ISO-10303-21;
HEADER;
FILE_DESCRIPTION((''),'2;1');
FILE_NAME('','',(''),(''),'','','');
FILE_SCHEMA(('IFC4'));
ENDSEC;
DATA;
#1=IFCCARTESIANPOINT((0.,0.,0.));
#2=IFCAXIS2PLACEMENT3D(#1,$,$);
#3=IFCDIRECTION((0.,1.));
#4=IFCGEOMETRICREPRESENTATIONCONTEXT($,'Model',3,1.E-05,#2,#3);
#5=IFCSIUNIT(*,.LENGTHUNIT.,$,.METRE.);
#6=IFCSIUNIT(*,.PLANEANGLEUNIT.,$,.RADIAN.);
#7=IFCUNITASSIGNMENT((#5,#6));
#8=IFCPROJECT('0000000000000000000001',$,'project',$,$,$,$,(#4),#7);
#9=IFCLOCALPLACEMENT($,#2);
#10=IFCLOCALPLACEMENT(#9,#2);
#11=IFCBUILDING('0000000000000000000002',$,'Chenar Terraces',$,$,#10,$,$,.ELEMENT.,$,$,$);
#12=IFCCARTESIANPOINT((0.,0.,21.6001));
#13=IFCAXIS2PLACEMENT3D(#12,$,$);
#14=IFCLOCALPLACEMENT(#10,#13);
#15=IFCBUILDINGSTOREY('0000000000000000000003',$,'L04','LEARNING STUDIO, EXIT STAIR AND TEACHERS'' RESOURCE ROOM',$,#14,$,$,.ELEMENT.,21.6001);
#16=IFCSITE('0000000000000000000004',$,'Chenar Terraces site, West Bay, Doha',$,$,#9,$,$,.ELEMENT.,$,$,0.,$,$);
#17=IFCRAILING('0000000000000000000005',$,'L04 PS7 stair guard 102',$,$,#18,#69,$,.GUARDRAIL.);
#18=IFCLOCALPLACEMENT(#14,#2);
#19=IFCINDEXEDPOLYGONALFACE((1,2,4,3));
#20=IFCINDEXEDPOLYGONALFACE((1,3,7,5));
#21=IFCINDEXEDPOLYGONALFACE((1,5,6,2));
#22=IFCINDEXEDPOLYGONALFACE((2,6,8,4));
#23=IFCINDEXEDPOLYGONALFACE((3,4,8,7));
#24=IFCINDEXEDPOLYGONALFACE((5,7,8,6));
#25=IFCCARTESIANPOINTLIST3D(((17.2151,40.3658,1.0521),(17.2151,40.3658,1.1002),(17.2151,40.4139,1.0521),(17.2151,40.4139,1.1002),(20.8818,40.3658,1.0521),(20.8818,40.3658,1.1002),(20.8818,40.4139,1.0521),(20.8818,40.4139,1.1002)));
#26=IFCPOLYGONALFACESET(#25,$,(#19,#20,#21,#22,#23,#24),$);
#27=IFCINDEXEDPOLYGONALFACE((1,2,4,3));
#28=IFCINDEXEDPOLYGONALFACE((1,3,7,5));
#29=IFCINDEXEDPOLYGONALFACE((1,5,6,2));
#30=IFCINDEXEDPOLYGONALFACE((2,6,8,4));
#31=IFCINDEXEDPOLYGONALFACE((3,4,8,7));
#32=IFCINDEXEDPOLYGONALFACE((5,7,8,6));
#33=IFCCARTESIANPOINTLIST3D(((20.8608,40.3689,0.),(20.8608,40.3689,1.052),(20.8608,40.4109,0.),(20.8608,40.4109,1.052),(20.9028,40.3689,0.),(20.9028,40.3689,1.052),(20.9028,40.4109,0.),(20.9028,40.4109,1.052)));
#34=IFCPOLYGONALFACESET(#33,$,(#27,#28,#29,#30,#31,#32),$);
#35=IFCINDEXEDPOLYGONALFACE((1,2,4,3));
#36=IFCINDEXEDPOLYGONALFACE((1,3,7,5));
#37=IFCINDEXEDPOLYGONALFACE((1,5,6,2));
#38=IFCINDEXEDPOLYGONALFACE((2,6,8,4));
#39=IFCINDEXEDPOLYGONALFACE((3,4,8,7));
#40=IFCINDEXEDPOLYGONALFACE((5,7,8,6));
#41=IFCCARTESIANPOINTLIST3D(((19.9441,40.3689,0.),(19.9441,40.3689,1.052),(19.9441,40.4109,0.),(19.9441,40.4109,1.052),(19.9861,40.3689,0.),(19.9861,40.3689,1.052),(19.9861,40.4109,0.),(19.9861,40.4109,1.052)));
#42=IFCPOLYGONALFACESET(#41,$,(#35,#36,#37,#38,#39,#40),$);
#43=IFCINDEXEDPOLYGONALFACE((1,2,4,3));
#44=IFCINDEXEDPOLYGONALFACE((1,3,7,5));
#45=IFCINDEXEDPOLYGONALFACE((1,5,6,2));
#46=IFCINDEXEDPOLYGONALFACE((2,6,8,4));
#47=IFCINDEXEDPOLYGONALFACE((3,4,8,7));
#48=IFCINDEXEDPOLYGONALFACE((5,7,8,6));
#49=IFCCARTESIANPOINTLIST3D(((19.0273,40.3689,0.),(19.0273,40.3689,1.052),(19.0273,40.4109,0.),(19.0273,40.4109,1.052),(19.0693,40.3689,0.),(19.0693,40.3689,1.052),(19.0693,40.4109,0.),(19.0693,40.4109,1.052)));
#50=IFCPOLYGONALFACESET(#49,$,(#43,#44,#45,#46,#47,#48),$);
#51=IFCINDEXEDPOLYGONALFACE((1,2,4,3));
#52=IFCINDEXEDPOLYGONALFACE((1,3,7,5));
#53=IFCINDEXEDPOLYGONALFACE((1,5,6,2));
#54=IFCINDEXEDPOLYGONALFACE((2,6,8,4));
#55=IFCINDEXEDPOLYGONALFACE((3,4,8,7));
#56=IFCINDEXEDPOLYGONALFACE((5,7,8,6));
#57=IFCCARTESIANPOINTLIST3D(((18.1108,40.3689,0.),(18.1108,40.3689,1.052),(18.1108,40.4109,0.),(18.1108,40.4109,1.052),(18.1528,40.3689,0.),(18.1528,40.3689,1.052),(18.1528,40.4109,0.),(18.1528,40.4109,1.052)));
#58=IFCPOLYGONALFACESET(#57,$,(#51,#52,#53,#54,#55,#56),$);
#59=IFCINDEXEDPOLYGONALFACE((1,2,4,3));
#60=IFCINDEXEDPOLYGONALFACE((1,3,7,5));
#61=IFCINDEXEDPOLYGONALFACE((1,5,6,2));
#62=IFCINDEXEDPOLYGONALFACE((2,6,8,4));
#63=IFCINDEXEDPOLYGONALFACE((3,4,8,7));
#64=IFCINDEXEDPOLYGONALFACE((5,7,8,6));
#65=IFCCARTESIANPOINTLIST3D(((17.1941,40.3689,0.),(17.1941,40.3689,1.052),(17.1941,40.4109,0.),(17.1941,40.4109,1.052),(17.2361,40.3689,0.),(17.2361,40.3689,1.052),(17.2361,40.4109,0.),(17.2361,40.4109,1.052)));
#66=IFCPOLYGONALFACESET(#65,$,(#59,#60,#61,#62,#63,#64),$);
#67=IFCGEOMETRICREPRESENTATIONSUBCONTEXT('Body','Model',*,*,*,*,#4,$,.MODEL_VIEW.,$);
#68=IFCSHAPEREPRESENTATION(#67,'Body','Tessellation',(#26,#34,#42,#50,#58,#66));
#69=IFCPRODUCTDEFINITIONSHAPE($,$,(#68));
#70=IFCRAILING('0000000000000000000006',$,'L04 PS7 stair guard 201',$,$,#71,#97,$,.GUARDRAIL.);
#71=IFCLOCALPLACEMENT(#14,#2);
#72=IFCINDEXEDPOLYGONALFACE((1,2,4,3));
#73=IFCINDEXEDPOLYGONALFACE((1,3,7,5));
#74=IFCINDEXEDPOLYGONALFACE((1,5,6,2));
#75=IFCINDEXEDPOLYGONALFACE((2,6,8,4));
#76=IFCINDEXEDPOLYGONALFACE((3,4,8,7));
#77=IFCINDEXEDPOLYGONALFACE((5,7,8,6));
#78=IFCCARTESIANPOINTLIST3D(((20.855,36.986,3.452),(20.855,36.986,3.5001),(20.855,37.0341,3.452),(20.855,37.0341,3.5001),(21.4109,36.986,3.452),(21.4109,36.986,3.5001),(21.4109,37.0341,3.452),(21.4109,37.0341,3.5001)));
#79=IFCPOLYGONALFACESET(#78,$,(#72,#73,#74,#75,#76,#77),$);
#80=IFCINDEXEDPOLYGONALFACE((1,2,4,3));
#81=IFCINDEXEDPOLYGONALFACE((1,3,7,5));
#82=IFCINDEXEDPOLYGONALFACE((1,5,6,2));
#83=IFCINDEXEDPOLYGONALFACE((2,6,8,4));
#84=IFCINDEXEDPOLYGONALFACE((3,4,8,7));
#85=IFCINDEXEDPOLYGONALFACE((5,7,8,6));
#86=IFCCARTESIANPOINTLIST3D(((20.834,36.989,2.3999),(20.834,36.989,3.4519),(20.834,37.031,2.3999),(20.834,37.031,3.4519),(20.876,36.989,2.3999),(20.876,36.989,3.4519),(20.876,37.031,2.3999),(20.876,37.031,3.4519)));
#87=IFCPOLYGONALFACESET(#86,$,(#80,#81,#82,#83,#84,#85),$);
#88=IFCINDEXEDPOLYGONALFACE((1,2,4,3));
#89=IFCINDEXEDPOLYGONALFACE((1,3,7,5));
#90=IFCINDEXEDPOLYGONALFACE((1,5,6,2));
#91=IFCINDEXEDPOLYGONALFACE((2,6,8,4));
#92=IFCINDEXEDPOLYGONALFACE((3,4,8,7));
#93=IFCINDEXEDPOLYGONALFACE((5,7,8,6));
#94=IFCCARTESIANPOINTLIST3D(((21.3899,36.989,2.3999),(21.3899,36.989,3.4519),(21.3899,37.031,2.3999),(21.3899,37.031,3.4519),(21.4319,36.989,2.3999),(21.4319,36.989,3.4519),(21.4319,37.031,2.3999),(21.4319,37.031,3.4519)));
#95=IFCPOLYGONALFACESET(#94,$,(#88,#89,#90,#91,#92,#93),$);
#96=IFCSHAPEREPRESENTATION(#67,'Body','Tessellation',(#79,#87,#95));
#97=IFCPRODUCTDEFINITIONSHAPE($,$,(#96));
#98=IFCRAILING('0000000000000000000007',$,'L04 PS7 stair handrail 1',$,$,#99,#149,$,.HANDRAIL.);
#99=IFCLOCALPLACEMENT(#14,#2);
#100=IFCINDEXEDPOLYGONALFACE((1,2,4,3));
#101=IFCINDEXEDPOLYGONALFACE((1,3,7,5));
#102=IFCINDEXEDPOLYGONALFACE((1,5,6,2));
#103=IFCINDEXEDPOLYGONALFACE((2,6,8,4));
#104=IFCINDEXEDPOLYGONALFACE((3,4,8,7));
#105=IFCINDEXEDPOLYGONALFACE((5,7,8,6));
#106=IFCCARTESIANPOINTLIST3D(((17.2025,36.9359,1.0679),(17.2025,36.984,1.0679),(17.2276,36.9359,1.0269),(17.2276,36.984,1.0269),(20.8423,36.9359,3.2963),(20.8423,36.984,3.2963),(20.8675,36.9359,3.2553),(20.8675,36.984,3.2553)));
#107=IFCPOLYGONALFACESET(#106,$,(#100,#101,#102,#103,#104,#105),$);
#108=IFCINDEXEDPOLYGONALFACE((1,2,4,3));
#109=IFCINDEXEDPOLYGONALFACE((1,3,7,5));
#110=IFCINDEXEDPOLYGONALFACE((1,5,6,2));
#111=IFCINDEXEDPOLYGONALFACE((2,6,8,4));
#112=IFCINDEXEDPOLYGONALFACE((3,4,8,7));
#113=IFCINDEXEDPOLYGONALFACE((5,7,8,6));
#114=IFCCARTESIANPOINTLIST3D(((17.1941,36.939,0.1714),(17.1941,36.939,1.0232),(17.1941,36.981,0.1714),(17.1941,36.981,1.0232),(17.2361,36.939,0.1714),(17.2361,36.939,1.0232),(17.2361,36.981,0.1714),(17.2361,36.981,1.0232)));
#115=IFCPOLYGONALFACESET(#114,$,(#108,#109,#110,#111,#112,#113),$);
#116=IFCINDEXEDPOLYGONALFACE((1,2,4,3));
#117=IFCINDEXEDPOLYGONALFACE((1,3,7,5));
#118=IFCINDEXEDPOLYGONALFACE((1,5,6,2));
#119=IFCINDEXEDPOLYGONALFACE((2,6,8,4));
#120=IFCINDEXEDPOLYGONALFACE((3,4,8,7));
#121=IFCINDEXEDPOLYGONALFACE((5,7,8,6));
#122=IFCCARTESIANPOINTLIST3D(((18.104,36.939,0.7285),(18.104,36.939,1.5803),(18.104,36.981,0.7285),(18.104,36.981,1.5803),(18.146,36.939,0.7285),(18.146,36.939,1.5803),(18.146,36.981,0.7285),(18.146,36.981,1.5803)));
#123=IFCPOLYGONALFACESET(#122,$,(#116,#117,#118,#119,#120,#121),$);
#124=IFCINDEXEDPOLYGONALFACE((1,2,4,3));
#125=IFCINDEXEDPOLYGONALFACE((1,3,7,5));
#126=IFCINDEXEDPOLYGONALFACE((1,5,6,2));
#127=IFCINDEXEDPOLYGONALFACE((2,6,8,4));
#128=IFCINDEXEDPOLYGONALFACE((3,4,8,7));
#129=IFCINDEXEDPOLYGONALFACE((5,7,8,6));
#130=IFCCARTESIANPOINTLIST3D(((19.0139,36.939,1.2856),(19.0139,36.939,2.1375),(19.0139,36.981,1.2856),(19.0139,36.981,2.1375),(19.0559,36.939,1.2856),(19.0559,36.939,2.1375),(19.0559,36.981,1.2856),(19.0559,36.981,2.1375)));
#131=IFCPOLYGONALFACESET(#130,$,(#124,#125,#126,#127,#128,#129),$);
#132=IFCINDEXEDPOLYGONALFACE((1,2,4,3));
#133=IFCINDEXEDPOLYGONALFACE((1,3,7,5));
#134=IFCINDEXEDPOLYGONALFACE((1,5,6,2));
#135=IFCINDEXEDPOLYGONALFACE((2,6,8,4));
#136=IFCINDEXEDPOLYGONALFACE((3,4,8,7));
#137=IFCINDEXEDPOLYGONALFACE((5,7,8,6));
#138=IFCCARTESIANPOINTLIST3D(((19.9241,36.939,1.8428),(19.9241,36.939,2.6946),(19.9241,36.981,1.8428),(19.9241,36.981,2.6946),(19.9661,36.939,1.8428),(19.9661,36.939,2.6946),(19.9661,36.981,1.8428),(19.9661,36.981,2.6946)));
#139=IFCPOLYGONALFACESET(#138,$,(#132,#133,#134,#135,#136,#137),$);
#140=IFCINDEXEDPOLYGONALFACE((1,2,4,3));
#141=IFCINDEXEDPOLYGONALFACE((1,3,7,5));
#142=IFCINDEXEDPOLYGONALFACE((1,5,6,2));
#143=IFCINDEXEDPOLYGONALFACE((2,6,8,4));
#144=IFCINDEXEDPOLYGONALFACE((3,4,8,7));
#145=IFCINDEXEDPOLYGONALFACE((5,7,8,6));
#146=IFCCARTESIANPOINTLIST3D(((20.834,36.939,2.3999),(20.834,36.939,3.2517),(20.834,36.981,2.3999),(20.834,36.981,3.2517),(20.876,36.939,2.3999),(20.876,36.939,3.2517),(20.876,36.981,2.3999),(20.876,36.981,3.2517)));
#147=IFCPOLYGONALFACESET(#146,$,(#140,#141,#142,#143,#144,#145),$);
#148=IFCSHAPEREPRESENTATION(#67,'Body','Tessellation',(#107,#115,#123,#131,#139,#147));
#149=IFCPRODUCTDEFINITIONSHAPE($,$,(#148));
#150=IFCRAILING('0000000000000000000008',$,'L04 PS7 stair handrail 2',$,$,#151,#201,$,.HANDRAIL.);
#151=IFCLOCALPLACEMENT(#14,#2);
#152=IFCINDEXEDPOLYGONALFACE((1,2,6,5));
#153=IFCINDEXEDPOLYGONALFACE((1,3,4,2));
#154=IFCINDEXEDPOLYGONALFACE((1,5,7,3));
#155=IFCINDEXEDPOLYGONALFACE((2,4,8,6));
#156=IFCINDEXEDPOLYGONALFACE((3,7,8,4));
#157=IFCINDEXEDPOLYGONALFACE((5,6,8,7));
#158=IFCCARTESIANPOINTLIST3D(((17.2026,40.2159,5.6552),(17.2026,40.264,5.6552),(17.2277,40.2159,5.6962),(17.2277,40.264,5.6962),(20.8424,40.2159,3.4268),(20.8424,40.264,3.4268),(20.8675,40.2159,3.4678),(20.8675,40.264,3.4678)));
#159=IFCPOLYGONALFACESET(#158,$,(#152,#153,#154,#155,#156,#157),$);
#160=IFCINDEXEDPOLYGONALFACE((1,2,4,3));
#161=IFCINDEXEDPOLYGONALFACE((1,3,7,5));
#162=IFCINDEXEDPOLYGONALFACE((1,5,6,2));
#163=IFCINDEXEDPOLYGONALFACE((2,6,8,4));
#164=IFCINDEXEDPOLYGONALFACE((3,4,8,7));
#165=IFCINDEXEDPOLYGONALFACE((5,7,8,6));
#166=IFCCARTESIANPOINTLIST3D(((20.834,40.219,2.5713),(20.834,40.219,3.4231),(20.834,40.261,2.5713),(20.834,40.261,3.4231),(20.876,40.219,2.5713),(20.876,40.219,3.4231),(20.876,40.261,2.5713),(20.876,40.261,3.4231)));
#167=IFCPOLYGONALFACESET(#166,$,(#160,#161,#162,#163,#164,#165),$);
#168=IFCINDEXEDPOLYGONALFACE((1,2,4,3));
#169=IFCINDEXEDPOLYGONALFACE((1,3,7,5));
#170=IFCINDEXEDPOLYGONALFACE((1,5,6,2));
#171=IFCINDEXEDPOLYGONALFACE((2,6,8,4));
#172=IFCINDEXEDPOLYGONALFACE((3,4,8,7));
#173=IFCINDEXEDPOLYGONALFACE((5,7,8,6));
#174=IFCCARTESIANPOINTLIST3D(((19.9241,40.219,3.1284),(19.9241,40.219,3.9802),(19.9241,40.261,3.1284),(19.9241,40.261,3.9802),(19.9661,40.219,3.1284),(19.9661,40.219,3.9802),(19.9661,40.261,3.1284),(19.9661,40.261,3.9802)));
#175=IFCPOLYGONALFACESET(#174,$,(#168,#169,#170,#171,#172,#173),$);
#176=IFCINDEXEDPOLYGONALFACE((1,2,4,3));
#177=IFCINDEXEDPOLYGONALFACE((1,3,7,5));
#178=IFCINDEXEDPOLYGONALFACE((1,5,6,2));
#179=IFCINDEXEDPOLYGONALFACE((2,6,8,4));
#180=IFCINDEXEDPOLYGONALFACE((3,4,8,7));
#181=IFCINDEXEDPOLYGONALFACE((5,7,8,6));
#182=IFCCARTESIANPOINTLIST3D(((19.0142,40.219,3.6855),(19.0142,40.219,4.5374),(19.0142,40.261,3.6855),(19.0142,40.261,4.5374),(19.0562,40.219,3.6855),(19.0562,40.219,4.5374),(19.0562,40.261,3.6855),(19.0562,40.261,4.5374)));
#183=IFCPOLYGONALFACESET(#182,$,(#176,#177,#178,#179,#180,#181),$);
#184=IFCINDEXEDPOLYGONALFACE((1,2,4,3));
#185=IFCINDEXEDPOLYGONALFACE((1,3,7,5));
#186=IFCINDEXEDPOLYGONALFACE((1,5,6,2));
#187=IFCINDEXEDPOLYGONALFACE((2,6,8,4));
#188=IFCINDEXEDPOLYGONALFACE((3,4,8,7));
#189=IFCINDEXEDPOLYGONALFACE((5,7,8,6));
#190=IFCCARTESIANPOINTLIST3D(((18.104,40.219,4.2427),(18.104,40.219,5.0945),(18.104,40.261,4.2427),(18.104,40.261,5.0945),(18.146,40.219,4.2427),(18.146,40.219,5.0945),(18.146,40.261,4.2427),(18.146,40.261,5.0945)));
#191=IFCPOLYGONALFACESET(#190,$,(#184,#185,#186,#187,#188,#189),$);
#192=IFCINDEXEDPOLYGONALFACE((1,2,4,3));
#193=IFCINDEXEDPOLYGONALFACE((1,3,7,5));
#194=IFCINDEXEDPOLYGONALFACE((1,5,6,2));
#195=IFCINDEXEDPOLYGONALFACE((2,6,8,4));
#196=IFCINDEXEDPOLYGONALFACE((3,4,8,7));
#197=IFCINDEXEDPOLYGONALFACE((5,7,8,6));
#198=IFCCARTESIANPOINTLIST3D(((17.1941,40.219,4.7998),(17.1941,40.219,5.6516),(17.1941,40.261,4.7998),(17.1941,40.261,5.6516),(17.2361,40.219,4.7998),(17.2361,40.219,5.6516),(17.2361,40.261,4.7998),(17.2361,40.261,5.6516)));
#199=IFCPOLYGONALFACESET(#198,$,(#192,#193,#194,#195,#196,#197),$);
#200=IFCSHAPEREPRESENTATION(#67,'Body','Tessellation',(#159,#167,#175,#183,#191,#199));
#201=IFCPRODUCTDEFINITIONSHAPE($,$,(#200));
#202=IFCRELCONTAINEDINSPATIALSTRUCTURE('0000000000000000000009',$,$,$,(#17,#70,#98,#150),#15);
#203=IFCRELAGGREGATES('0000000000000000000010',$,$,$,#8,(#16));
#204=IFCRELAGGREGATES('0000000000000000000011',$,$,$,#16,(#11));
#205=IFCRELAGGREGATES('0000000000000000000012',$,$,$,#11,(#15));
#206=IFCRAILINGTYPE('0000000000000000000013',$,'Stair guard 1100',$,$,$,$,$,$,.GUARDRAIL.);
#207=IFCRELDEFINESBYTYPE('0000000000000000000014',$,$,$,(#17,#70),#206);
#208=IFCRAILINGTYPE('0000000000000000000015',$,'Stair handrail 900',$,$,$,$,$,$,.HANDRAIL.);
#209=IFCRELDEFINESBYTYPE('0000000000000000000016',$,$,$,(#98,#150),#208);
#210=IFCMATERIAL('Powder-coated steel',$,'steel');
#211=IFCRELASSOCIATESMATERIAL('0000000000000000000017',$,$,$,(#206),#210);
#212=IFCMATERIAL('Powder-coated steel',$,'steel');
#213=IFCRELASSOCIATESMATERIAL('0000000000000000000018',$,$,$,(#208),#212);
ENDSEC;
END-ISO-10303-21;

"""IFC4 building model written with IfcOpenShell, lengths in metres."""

from ifc_helpers import new_model, si_unit, direction, frame, origin, origin_2d, place, context, subcontext, project, spatial, rectangle, extrude, material, type_object, element, save


model = new_model("IFC4")

# Units and contexts
model_context = context("Model", 3, precision=1e-05, world=origin(), true_north=direction((0.0, 1.0)))
body_context = subcontext(model_context, "Body", "Model", "MODEL_VIEW")
ifc_project = project(units=[si_unit("LENGTHUNIT", "METRE"), si_unit("PLANEANGLEUNIT", "RADIAN")], contexts=[model_context])

# Site, building, storey
site_placement = place(None, origin())
site = spatial("IfcSite", under=ifc_project, at=site_placement, Name="Chenar Terraces site, West Bay, Doha", CompositionType="ELEMENT", RefElevation=0.0)
building_placement = place(site_placement, origin())
building = spatial("IfcBuilding", under=site, at=building_placement, Name="Chenar Terraces", CompositionType="ELEMENT")
storey_placement = place(building_placement, frame((0.0, 0.0, 21.6001)))
storey = spatial("IfcBuildingStorey", under=building, at=storey_placement, Name="L04", Description="LEARNING STUDIO, EXIT STAIR AND TEACHERS' RESOURCE ROOM", CompositionType="ELEMENT", Elevation=21.6001)

# Railings
ifc_material_1 = material(Name="Powder-coated steel", Category="steel")
railing_type_1 = type_object("IfcRailingType", Name="Stair guard 1100", PredefinedType="GUARDRAIL", material=ifc_material_1)
railing_1_placement = place(storey_placement, frame((20.8818, 40.3899, 0.0)))
element("IfcRailing", 1, at=railing_1_placement, inside=storey, type_object=railing_type_1, Name="L04 PS7 stair guard 102", PredefinedType="GUARDRAIL", context=body_context, shape_type="SweptSolid", body=[
    extrude(rectangle(XDim=0.0481, YDim=0.0481, at=origin_2d()), frame((0.0, 0.0, 1.0762), z_axis=(-1.0, 0.0, 0.0), x_axis=(0.0, -1.0, 0.0)), (0.0, 0.0, 1.0), 3.6667),
    extrude(rectangle(XDim=0.042, YDim=0.042, at=origin_2d()), origin(), (0.0, 0.0, 1.0), 1.052),
    extrude(rectangle(XDim=0.042, YDim=0.042, at=origin_2d()), frame((-0.9167, 0.0, 0.0)), (0.0, 0.0, 1.0), 1.052),
    extrude(rectangle(XDim=0.042, YDim=0.042, at=origin_2d()), frame((-1.8335, 0.0, 0.0)), (0.0, 0.0, 1.0), 1.052),
    extrude(rectangle(XDim=0.042, YDim=0.042, at=origin_2d()), frame((-2.75, 0.0, 0.0)), (0.0, 0.0, 1.0), 1.052),
    extrude(rectangle(XDim=0.042, YDim=0.042, at=origin_2d()), frame((-3.6667, 0.0, 0.0)), (0.0, 0.0, 1.0), 1.052),
])
railing_2_placement = place(storey_placement, frame((20.855, 37.01, 2.3999)))
element("IfcRailing", 2, at=railing_2_placement, inside=storey, type_object=railing_type_1, Name="L04 PS7 stair guard 201", PredefinedType="GUARDRAIL", context=body_context, shape_type="SweptSolid", body=[
    extrude(rectangle(XDim=0.0481, YDim=0.0481, at=origin_2d()), frame((0.0, 0.0, 1.0762), z_axis=(1.0, 0.0, 0.0), x_axis=(0.0, 1.0, 0.0)), (0.0, 0.0, 1.0), 0.5559),
    extrude(rectangle(XDim=0.042, YDim=0.042, at=origin_2d()), origin(), (0.0, 0.0, 1.0), 1.052),
    extrude(rectangle(XDim=0.042, YDim=0.042, at=origin_2d()), frame((0.5559, 0.0, 0.0)), (0.0, 0.0, 1.0), 1.052),
])
ifc_material_2 = material(Name="Powder-coated steel", Category="steel")
railing_type_2 = type_object("IfcRailingType", Name="Stair handrail 900", PredefinedType="HANDRAIL", material=ifc_material_2)
railing_3_placement = place(storey_placement, frame((17.2151, 36.96, 0.1714)))
element("IfcRailing", 3, at=railing_3_placement, inside=storey, type_object=railing_type_2, Name="L04 PS7 stair handrail 1", PredefinedType="HANDRAIL", context=body_context, shape_type="SweptSolid", body=[
    extrude(rectangle(XDim=0.0481, YDim=0.0481, at=origin_2d()), frame((0.0, 0.0, 0.876), z_axis=(0.85285, 0.0, 0.522156), x_axis=(0.0, 1.0, 0.0)), (0.0, 0.0, 1.0), 4.2678),
    extrude(rectangle(XDim=0.042, YDim=0.042, at=origin_2d()), origin(), (0.0, 0.0, 1.0), 0.8518),
    extrude(rectangle(XDim=0.042, YDim=0.042, at=origin_2d()), frame((0.9099, 0.0, 0.5571)), (0.0, 0.0, 1.0), 0.8518),
    extrude(rectangle(XDim=0.042, YDim=0.042, at=origin_2d()), frame((1.8198, 0.0, 1.1143)), (0.0, 0.0, 1.0), 0.8518),
    extrude(rectangle(XDim=0.042, YDim=0.042, at=origin_2d()), frame((2.73, 0.0, 1.6714)), (0.0, 0.0, 1.0), 0.8518),
    extrude(rectangle(XDim=0.042, YDim=0.042, at=origin_2d()), frame((3.6399, 0.0, 2.2285)), (0.0, 0.0, 1.0), 0.8518),
])
railing_4_placement = place(storey_placement, frame((20.855, 40.24, 2.5713)))
element("IfcRailing", 4, at=railing_4_placement, inside=storey, type_object=railing_type_2, Name="L04 PS7 stair handrail 2", PredefinedType="HANDRAIL", context=body_context, shape_type="SweptSolid", body=[
    extrude(rectangle(XDim=0.0481, YDim=0.0481, at=origin_2d()), frame((0.0, 0.0, 0.876), z_axis=(-0.85285, 0.0, 0.522156), x_axis=(0.0, -1.0, 0.0)), (0.0, 0.0, 1.0), 4.2678),
    extrude(rectangle(XDim=0.042, YDim=0.042, at=origin_2d()), origin(), (0.0, 0.0, 1.0), 0.8518),
    extrude(rectangle(XDim=0.042, YDim=0.042, at=origin_2d()), frame((-0.9099, 0.0, 0.5571)), (0.0, 0.0, 1.0), 0.8518),
    extrude(rectangle(XDim=0.042, YDim=0.042, at=origin_2d()), frame((-1.8198, 0.0, 1.1143)), (0.0, 0.0, 1.0), 0.8518),
    extrude(rectangle(XDim=0.042, YDim=0.042, at=origin_2d()), frame((-2.73, 0.0, 1.6714)), (0.0, 0.0, 1.0), 0.8518),
    extrude(rectangle(XDim=0.042, YDim=0.042, at=origin_2d()), frame((-3.6399, 0.0, 2.2285)), (0.0, 0.0, 1.0), 0.8518),
])

save(model, "model.ifc")
